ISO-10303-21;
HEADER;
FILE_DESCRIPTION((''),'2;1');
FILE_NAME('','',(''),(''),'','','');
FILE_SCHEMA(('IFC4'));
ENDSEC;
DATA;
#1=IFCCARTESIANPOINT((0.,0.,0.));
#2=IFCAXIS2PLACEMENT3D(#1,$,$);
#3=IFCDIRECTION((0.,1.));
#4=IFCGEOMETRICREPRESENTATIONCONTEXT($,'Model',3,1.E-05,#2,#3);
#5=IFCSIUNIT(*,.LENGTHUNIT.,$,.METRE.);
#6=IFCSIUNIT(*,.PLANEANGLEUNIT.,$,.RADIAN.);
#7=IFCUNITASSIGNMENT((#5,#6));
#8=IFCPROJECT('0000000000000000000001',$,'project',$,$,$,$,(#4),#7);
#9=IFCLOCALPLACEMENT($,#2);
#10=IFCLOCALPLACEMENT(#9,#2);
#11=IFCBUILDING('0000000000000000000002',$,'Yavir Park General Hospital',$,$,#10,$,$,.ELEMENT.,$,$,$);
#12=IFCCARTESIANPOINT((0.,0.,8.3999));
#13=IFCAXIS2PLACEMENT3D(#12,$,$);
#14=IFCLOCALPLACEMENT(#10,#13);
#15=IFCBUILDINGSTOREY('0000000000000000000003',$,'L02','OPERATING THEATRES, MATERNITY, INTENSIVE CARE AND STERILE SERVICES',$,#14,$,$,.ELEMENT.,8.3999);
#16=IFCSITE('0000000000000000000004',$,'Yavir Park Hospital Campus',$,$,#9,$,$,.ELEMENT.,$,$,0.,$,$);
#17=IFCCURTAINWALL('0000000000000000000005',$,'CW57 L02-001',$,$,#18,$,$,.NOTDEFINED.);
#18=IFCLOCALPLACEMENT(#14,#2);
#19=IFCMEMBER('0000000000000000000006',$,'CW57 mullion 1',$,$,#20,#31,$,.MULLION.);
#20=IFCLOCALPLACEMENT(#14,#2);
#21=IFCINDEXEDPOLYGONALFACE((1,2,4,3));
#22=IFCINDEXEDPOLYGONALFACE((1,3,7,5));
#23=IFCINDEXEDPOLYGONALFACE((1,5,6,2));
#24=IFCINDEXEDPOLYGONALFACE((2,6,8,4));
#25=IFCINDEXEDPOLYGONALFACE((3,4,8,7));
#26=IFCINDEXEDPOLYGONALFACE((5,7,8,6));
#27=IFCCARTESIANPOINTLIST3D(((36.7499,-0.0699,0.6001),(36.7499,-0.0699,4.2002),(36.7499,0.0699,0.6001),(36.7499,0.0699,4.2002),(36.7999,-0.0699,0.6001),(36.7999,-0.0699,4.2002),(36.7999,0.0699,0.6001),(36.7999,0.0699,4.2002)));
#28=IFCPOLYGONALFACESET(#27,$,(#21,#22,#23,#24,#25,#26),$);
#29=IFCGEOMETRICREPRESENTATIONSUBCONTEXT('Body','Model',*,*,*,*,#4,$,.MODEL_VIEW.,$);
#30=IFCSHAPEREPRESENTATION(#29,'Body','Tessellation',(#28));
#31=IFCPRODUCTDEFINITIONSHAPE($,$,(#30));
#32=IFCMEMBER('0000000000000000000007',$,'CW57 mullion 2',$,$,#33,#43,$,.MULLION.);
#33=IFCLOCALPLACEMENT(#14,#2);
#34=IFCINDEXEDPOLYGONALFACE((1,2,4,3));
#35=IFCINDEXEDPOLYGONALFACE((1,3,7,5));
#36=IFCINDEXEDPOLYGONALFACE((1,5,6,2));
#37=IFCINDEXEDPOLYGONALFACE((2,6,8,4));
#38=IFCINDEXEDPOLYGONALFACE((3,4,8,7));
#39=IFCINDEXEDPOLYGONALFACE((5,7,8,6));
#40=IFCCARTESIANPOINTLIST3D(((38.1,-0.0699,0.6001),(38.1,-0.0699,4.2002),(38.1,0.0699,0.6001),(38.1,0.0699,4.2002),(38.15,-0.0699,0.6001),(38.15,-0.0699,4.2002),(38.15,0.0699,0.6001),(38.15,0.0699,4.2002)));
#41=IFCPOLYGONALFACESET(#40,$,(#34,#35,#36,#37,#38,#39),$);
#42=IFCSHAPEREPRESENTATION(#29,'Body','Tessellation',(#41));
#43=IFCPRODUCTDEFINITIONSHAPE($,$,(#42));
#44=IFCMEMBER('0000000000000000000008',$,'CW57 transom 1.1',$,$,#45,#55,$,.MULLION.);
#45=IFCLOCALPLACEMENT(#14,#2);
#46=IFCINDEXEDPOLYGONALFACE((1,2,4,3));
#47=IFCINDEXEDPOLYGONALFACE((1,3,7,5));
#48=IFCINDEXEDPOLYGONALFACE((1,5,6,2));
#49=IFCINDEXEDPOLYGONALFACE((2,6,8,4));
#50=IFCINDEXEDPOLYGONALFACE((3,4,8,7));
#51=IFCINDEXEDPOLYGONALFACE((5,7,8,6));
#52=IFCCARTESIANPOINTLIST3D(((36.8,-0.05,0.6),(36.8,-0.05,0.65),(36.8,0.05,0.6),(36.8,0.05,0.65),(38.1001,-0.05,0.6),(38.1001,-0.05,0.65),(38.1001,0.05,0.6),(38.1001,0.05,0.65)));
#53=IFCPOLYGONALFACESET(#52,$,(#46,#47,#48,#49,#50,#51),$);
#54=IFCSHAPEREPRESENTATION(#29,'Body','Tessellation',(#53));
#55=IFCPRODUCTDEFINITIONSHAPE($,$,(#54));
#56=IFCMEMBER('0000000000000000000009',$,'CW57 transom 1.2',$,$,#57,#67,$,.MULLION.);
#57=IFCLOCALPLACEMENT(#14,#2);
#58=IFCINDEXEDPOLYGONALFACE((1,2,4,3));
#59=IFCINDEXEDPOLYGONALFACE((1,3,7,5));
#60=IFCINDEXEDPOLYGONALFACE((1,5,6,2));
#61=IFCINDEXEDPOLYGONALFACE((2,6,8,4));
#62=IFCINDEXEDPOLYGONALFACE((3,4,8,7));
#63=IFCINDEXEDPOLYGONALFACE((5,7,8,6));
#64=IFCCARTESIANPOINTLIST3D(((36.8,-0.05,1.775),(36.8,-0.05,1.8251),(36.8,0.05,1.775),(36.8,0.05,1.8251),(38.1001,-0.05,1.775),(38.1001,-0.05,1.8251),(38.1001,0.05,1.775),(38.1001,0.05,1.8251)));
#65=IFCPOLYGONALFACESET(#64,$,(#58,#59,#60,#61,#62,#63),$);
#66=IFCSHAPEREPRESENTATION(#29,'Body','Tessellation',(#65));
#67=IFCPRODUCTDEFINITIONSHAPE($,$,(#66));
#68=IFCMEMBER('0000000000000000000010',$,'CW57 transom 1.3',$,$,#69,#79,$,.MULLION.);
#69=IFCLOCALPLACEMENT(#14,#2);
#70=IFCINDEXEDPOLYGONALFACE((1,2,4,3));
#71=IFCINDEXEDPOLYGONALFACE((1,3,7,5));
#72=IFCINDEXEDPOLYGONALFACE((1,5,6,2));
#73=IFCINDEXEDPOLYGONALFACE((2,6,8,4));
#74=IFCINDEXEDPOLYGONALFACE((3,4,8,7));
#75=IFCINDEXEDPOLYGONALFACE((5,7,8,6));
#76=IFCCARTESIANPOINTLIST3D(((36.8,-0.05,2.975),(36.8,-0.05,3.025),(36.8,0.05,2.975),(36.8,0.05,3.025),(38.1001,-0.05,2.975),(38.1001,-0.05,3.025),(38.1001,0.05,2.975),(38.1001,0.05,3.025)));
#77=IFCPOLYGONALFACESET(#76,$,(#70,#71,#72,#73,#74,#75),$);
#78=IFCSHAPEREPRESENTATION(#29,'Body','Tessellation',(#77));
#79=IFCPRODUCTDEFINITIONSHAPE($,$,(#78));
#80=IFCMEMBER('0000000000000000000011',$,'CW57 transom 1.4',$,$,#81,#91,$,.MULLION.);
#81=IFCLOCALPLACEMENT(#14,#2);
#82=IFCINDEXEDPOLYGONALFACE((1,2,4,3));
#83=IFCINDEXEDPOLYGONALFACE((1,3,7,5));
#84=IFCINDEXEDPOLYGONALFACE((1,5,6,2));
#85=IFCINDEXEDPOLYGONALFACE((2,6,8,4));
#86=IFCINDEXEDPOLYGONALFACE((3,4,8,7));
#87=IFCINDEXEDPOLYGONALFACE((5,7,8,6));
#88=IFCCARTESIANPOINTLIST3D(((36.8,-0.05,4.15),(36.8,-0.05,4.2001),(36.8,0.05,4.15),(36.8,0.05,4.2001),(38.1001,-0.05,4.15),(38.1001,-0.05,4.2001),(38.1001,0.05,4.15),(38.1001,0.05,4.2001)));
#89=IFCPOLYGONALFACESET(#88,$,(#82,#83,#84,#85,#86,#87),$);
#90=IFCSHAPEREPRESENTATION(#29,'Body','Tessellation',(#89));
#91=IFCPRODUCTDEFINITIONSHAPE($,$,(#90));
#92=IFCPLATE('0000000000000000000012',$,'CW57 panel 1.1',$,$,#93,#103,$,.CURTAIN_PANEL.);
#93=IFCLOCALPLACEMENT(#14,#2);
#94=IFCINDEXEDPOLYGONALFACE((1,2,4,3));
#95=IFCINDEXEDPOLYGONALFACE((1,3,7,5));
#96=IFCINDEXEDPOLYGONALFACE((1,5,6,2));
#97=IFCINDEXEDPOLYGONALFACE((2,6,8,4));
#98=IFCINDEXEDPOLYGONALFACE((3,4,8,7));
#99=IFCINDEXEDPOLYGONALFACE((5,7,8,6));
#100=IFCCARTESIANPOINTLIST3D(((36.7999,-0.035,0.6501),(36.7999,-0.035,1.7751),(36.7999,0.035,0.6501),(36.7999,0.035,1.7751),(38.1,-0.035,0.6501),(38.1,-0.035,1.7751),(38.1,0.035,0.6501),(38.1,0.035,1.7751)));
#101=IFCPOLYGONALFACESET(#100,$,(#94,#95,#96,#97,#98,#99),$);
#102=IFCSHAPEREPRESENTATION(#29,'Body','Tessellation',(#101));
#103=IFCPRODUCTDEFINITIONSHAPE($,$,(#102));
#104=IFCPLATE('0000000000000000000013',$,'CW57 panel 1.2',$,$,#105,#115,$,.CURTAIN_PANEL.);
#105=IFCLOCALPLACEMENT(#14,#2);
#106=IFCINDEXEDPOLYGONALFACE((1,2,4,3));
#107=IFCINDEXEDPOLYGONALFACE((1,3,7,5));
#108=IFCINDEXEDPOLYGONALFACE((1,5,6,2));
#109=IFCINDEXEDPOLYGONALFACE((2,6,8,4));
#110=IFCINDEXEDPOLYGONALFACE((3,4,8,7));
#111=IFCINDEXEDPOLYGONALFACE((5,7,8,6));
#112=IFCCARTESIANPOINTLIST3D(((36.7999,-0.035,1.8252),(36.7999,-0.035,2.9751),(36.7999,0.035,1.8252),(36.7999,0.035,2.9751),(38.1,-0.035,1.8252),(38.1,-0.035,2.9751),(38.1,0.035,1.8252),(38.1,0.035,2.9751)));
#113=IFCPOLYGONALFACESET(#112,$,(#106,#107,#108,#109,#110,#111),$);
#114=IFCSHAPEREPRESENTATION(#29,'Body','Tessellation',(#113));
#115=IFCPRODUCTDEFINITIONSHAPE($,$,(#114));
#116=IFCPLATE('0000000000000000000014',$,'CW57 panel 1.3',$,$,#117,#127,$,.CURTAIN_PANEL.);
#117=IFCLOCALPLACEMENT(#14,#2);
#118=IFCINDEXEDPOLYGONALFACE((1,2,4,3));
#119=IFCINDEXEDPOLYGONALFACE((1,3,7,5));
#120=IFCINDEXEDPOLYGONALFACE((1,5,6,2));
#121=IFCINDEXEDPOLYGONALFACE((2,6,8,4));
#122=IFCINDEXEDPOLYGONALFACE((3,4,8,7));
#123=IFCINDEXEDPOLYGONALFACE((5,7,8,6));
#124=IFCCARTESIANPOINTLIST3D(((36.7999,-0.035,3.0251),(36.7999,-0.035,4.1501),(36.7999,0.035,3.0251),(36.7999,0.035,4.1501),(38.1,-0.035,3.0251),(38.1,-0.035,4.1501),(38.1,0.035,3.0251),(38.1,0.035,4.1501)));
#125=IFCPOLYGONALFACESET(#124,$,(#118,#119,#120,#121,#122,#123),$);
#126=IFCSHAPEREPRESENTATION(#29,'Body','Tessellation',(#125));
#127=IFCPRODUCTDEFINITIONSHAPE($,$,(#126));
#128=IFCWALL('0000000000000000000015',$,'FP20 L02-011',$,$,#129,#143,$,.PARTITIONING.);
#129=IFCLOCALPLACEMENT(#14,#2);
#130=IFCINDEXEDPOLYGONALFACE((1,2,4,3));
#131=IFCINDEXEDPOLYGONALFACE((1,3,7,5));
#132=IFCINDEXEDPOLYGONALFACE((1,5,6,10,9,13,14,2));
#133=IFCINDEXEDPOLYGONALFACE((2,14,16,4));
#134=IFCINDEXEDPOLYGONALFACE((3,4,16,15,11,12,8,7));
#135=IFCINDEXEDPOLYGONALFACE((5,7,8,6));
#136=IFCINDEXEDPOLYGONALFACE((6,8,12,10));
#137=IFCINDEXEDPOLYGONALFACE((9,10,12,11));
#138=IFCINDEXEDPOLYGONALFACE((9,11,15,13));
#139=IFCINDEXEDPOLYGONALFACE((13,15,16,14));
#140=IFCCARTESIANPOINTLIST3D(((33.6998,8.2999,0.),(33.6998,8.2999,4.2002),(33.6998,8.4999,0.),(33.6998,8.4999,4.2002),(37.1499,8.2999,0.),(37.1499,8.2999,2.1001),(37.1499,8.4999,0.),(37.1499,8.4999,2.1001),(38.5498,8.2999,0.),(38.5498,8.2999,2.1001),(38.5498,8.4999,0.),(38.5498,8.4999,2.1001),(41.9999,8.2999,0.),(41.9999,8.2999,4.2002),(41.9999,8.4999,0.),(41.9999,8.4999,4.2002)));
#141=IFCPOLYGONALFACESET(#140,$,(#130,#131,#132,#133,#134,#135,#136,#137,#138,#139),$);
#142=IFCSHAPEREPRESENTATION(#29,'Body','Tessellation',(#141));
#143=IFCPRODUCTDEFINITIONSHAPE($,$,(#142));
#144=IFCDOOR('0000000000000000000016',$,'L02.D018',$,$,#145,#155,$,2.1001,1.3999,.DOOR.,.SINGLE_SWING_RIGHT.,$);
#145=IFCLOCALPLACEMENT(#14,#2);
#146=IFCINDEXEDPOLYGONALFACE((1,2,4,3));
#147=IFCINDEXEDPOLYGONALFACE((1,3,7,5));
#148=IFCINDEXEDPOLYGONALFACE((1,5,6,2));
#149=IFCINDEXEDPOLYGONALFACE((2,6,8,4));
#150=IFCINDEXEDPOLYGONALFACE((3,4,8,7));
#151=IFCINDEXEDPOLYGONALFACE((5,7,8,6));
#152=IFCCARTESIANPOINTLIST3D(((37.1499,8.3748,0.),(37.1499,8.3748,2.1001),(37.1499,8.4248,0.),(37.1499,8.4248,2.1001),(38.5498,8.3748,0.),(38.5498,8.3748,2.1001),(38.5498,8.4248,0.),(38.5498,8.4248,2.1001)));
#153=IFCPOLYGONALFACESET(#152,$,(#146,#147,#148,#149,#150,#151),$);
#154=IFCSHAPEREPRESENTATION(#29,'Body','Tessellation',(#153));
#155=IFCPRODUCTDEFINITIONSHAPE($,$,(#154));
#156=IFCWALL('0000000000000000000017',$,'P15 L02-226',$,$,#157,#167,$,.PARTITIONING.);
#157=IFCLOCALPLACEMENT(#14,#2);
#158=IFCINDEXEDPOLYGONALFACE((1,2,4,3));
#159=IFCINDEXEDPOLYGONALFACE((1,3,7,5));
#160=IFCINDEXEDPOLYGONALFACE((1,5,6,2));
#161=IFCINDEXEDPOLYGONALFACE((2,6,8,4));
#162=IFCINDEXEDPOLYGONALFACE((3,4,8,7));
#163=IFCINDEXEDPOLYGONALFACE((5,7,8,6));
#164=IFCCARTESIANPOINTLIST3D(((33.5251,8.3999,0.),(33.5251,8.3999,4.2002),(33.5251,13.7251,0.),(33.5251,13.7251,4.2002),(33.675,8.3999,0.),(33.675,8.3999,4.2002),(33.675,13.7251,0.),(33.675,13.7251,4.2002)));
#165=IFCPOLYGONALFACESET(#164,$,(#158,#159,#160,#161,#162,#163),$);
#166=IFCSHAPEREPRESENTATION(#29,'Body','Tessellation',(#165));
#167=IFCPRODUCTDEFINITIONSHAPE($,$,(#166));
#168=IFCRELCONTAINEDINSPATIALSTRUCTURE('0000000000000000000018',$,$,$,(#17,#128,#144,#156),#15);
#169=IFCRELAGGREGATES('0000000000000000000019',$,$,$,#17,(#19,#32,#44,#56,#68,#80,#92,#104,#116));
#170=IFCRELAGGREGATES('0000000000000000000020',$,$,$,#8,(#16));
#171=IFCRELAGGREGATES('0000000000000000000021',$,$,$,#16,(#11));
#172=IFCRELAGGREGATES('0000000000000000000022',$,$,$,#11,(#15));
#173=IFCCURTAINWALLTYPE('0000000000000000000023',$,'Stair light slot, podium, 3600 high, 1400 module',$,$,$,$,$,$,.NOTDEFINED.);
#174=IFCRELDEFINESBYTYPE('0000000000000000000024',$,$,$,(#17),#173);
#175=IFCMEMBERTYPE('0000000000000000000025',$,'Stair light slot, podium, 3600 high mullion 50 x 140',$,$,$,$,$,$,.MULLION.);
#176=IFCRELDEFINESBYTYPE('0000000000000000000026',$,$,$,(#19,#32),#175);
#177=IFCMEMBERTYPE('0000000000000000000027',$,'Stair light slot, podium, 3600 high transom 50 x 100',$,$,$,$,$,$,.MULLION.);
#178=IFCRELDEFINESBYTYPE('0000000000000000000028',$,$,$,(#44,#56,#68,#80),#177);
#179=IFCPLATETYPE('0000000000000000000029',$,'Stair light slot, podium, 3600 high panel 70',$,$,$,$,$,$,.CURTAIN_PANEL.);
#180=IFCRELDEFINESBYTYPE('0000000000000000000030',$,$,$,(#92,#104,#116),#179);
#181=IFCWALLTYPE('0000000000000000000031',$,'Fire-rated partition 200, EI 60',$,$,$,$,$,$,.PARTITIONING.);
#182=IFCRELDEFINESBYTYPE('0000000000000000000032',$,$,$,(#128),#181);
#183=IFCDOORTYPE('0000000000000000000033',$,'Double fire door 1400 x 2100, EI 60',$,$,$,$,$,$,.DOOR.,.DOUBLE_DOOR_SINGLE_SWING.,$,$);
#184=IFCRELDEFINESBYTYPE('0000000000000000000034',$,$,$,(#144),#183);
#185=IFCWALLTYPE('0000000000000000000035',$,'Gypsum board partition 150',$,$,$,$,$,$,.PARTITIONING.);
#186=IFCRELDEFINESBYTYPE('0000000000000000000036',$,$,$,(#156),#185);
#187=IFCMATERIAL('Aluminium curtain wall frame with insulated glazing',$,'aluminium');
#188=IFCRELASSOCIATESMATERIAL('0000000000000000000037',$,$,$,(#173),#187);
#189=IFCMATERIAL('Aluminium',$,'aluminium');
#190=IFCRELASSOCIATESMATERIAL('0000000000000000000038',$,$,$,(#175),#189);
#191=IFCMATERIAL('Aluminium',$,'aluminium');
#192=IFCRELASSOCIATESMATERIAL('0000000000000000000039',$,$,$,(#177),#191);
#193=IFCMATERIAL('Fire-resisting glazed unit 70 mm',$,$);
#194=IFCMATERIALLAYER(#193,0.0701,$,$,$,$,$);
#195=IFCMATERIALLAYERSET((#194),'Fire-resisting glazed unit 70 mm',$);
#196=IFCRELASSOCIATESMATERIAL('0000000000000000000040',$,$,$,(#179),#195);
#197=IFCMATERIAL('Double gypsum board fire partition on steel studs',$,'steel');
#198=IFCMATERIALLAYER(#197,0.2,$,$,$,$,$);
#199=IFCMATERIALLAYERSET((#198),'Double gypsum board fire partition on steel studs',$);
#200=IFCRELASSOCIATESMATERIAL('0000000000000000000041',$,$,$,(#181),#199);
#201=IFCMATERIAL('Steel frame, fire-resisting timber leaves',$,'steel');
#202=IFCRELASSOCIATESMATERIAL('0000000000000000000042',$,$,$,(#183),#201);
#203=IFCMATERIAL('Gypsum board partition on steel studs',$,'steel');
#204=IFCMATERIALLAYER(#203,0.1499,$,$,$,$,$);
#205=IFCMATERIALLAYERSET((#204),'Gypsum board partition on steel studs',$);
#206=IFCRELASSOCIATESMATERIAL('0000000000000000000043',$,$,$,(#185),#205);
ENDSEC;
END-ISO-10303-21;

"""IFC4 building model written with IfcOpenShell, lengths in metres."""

from ifc_helpers import new_model, si_unit, direction, frame, frame_2d, origin, origin_2d, place, context, subcontext, project, spatial, rectangle, extrude, material, layer, layer_set, material_profile, profile_set, type_object, element, fill, aggregate, save


model = new_model("IFC4")

# Units and contexts
model_context = context("Model", 3, precision=1e-05, world=origin(), true_north=direction((0.0, 1.0)))
body_context = subcontext(model_context, "Body", "Model", "MODEL_VIEW")
ifc_project = project(units=[si_unit("LENGTHUNIT", "METRE"), si_unit("PLANEANGLEUNIT", "RADIAN")], contexts=[model_context])

# Site, building, storey
site_placement = place(None, origin())
site = spatial("IfcSite", under=ifc_project, at=site_placement, Name="Yavir Park Hospital Campus", CompositionType="ELEMENT", RefElevation=0.0)
building_placement = place(site_placement, origin())
building = spatial("IfcBuilding", under=site, at=building_placement, Name="Yavir Park General Hospital", CompositionType="ELEMENT")
storey_placement = place(building_placement, frame((0.0, 0.0, 8.3999)))
storey = spatial("IfcBuildingStorey", under=building, at=storey_placement, Name="L02", Description="OPERATING THEATRES, MATERNITY, INTENSIVE CARE AND STERILE SERVICES", CompositionType="ELEMENT", Elevation=8.3999)

# Curtain wall, members, plates
ifc_material_1 = material(Name="Aluminium curtain wall frame with insulated glazing", Category="aluminium")
curtain_wall_type = type_object("IfcCurtainWallType", Name="Stair light slot, podium, 3600 high, 1400 module", PredefinedType="NOTDEFINED", material=ifc_material_1)
curtain_wall_placement = place(storey_placement, origin())
curtain_wall = element("IfcCurtainWall", 1, at=curtain_wall_placement, inside=storey, type_object=curtain_wall_type, Name="CW57 L02-001", PredefinedType="NOTDEFINED")
ifc_material_2 = material(Name="Aluminium", Category="aluminium")
ifc_material_profile_1 = material_profile(ifc_material_2, rectangle(XDim=0.1399, YDim=0.05, at=origin_2d()), Name="AL 50x140")
ifc_profile_set_1 = profile_set([ifc_material_profile_1], Name="Aluminium")
member_type_1 = type_object("IfcMemberType", Name="Stair light slot, podium, 3600 high mullion 50 x 140", PredefinedType="MULLION", material=ifc_profile_set_1)
member_1_placement = place(storey_placement, frame((36.7749, 0.0, 0.6001), z_axis=(0.0, 0.0, 1.0), x_axis=(0.0, 1.0, 0.0)))
member_1 = element("IfcMember", 2, at=member_1_placement, type_object=member_type_1, Name="CW57 mullion 1", PredefinedType="MULLION", context=body_context, shape_type="SweptSolid", body=[
    extrude(rectangle(XDim=0.1399, YDim=0.05, at=origin_2d()), origin(), (0.0, 0.0, 1.0), 3.6001),
])
member_2_placement = place(storey_placement, frame((38.125, 0.0, 0.6001), z_axis=(0.0, 0.0, 1.0), x_axis=(0.0, 1.0, 0.0)))
member_2 = element("IfcMember", 3, at=member_2_placement, type_object=member_type_1, Name="CW57 mullion 2", PredefinedType="MULLION", context=body_context, shape_type="SweptSolid", body=[
    extrude(rectangle(XDim=0.1399, YDim=0.05, at=origin_2d()), origin(), (0.0, 0.0, 1.0), 3.6001),
])
ifc_material_3 = material(Name="Aluminium", Category="aluminium")
ifc_material_profile_2 = material_profile(ifc_material_3, rectangle(XDim=0.1001, YDim=0.05, at=origin_2d()), Name="AL 100x50")
ifc_profile_set_2 = profile_set([ifc_material_profile_2], Name="Aluminium")
member_type_2 = type_object("IfcMemberType", Name="Stair light slot, podium, 3600 high transom 50 x 100", PredefinedType="MULLION", material=ifc_profile_set_2)
member_3_placement = place(storey_placement, frame((36.8, 0.0, 0.625), z_axis=(1.0, 0.0, 0.0), x_axis=(0.0, 1.0, 0.0)))
member_3 = element("IfcMember", 4, at=member_3_placement, type_object=member_type_2, Name="CW57 transom 1.1", PredefinedType="MULLION", context=body_context, shape_type="SweptSolid", body=[
    extrude(rectangle(XDim=0.1001, YDim=0.05, at=origin_2d()), origin(), (0.0, 0.0, 1.0), 1.3),
])
member_4_placement = place(storey_placement, frame((36.8, 0.0, 1.8), z_axis=(1.0, 0.0, 0.0), x_axis=(0.0, 1.0, 0.0)))
member_4 = element("IfcMember", 5, at=member_4_placement, type_object=member_type_2, Name="CW57 transom 1.2", PredefinedType="MULLION", context=body_context, shape_type="SweptSolid", body=[
    extrude(rectangle(XDim=0.1001, YDim=0.05, at=origin_2d()), origin(), (0.0, 0.0, 1.0), 1.3),
])
member_5_placement = place(storey_placement, frame((36.8, 0.0, 3.0), z_axis=(1.0, 0.0, 0.0), x_axis=(0.0, 1.0, 0.0)))
member_5 = element("IfcMember", 6, at=member_5_placement, type_object=member_type_2, Name="CW57 transom 1.3", PredefinedType="MULLION", context=body_context, shape_type="SweptSolid", body=[
    extrude(rectangle(XDim=0.1001, YDim=0.05, at=origin_2d()), origin(), (0.0, 0.0, 1.0), 1.3),
])
member_6_placement = place(storey_placement, frame((36.8, 0.0, 4.175), z_axis=(1.0, 0.0, 0.0), x_axis=(0.0, 1.0, 0.0)))
member_6 = element("IfcMember", 7, at=member_6_placement, type_object=member_type_2, Name="CW57 transom 1.4", PredefinedType="MULLION", context=body_context, shape_type="SweptSolid", body=[
    extrude(rectangle(XDim=0.1001, YDim=0.05, at=origin_2d()), origin(), (0.0, 0.0, 1.0), 1.3),
])
ifc_material_4 = material(Name="Fire-resisting glazed unit 70 mm")
ifc_layer_1 = layer(ifc_material_4, 0.0701)
ifc_layer_set_1 = layer_set([ifc_layer_1], Name="Fire-resisting glazed unit 70 mm")
plate_type = type_object("IfcPlateType", Name="Stair light slot, podium, 3600 high panel 70", PredefinedType="CURTAIN_PANEL", material=ifc_layer_set_1)
plate_1_placement = place(storey_placement, frame((37.45, 0.0, 0.6501), z_axis=(0.0, 0.0, 1.0), x_axis=(1.0, 0.0, 0.0)))
plate_1 = element("IfcPlate", 8, at=plate_1_placement, type_object=plate_type, Name="CW57 panel 1.1", PredefinedType="CURTAIN_PANEL", context=body_context, shape_type="SweptSolid", body=[
    extrude(rectangle(XDim=1.3, YDim=0.0701, at=origin_2d()), origin(), (0.0, 0.0, 1.0), 1.125),
])
plate_2_placement = place(storey_placement, frame((37.45, 0.0, 1.8252), z_axis=(0.0, 0.0, 1.0), x_axis=(1.0, 0.0, 0.0)))
plate_2 = element("IfcPlate", 9, at=plate_2_placement, type_object=plate_type, Name="CW57 panel 1.2", PredefinedType="CURTAIN_PANEL", context=body_context, shape_type="SweptSolid", body=[
    extrude(rectangle(XDim=1.3, YDim=0.0701, at=origin_2d()), origin(), (0.0, 0.0, 1.0), 1.1499),
])
plate_3_placement = place(storey_placement, frame((37.45, 0.0, 3.0251), z_axis=(0.0, 0.0, 1.0), x_axis=(1.0, 0.0, 0.0)))
plate_3 = element("IfcPlate", 10, at=plate_3_placement, type_object=plate_type, Name="CW57 panel 1.3", PredefinedType="CURTAIN_PANEL", context=body_context, shape_type="SweptSolid", body=[
    extrude(rectangle(XDim=1.3, YDim=0.0701, at=origin_2d()), origin(), (0.0, 0.0, 1.0), 1.125),
])
aggregate(curtain_wall, [member_1, member_2, member_3, member_4, member_5, member_6, plate_1, plate_2, plate_3])

# Wall, opening, door
ifc_material_5 = material(Name="Double gypsum board fire partition on steel studs", Category="steel")
ifc_layer_2 = layer(ifc_material_5, 0.2)
ifc_layer_set_2 = layer_set([ifc_layer_2], Name="Double gypsum board fire partition on steel studs")
wall_type_1 = type_object("IfcWallType", Name="Fire-rated partition 200, EI 60", PredefinedType="PARTITIONING", material=ifc_layer_set_2)
wall_1_placement = place(storey_placement, frame((33.7, 8.3999, 0.0), z_axis=(0.0, 0.0, 1.0), x_axis=(1.0, 0.0, 0.0)))
wall_1 = element("IfcWall", 11, at=wall_1_placement, inside=storey, type_object=wall_type_1, Name="FP20 L02-011", PredefinedType="PARTITIONING", context=body_context, shape_type="SweptSolid", body=[
    extrude(rectangle(XDim=8.3, YDim=0.2, at=frame_2d((4.1499, 0.0))), origin(), (0.0, 0.0, 1.0), 4.2002),
])
opening_1_placement = place(wall_1_placement, frame((3.45, 0.0, 0.0)))
opening_1 = element("IfcOpeningElement", 12, at=opening_1_placement, cuts=wall_1, PredefinedType="OPENING", context=body_context, shape_type="SweptSolid", body=[
    extrude(rectangle(XDim=1.3999, YDim=2.1001, at=frame_2d((0.7, 1.05))), frame((0.0, 0.1099, 0.0), z_axis=(0.0, -1.0, 0.0), x_axis=(1.0, 0.0, 0.0)), (0.0, 0.0, 1.0), 0.22),
])
ifc_material_6 = material(Name="Steel frame, fire-resisting timber leaves", Category="steel")
door_type_1 = type_object("IfcDoorType", Name="Double fire door 1400 x 2100, EI 60", OperationType="DOUBLE_DOOR_SINGLE_SWING", PredefinedType="DOOR", material=ifc_material_6)
door_1_placement = place(opening_1_placement, origin())
door_1 = element("IfcDoor", 13, at=door_1_placement, inside=storey, type_object=door_type_1, Name="L02.D018", OperationType="SINGLE_SWING_RIGHT", OverallHeight=2.1001, OverallWidth=1.3999, PredefinedType="DOOR", context=body_context, shape_type="SweptSolid", body=[
    extrude(rectangle(XDim=1.3999, YDim=2.1001, at=frame_2d((0.7, 1.05))), frame((0.0, 0.0249, 0.0), z_axis=(0.0, -1.0, 0.0), x_axis=(1.0, 0.0, 0.0)), (0.0, 0.0, 1.0), 0.05),
])
fill(opening_1, door_1)

# Wall
ifc_material_7 = material(Name="Gypsum board partition on steel studs", Category="steel")
ifc_layer_3 = layer(ifc_material_7, 0.1499)
ifc_layer_set_3 = layer_set([ifc_layer_3], Name="Gypsum board partition on steel studs")
wall_type_2 = type_object("IfcWallType", Name="Gypsum board partition 150", PredefinedType="PARTITIONING", material=ifc_layer_set_3)
wall_2_placement = place(storey_placement, frame((33.6001, 8.3999, 0.0), z_axis=(0.0, 0.0, 1.0), x_axis=(0.0, 1.0, 0.0)))
element("IfcWall", 14, at=wall_2_placement, inside=storey, type_object=wall_type_2, Name="P15 L02-226", PredefinedType="PARTITIONING", context=body_context, shape_type="SweptSolid", body=[
    extrude(rectangle(XDim=5.3252, YDim=0.1499, at=frame_2d((2.6626, 0.0))), origin(), (0.0, 0.0, 1.0), 4.2002),
])

save(model, "model.ifc")
